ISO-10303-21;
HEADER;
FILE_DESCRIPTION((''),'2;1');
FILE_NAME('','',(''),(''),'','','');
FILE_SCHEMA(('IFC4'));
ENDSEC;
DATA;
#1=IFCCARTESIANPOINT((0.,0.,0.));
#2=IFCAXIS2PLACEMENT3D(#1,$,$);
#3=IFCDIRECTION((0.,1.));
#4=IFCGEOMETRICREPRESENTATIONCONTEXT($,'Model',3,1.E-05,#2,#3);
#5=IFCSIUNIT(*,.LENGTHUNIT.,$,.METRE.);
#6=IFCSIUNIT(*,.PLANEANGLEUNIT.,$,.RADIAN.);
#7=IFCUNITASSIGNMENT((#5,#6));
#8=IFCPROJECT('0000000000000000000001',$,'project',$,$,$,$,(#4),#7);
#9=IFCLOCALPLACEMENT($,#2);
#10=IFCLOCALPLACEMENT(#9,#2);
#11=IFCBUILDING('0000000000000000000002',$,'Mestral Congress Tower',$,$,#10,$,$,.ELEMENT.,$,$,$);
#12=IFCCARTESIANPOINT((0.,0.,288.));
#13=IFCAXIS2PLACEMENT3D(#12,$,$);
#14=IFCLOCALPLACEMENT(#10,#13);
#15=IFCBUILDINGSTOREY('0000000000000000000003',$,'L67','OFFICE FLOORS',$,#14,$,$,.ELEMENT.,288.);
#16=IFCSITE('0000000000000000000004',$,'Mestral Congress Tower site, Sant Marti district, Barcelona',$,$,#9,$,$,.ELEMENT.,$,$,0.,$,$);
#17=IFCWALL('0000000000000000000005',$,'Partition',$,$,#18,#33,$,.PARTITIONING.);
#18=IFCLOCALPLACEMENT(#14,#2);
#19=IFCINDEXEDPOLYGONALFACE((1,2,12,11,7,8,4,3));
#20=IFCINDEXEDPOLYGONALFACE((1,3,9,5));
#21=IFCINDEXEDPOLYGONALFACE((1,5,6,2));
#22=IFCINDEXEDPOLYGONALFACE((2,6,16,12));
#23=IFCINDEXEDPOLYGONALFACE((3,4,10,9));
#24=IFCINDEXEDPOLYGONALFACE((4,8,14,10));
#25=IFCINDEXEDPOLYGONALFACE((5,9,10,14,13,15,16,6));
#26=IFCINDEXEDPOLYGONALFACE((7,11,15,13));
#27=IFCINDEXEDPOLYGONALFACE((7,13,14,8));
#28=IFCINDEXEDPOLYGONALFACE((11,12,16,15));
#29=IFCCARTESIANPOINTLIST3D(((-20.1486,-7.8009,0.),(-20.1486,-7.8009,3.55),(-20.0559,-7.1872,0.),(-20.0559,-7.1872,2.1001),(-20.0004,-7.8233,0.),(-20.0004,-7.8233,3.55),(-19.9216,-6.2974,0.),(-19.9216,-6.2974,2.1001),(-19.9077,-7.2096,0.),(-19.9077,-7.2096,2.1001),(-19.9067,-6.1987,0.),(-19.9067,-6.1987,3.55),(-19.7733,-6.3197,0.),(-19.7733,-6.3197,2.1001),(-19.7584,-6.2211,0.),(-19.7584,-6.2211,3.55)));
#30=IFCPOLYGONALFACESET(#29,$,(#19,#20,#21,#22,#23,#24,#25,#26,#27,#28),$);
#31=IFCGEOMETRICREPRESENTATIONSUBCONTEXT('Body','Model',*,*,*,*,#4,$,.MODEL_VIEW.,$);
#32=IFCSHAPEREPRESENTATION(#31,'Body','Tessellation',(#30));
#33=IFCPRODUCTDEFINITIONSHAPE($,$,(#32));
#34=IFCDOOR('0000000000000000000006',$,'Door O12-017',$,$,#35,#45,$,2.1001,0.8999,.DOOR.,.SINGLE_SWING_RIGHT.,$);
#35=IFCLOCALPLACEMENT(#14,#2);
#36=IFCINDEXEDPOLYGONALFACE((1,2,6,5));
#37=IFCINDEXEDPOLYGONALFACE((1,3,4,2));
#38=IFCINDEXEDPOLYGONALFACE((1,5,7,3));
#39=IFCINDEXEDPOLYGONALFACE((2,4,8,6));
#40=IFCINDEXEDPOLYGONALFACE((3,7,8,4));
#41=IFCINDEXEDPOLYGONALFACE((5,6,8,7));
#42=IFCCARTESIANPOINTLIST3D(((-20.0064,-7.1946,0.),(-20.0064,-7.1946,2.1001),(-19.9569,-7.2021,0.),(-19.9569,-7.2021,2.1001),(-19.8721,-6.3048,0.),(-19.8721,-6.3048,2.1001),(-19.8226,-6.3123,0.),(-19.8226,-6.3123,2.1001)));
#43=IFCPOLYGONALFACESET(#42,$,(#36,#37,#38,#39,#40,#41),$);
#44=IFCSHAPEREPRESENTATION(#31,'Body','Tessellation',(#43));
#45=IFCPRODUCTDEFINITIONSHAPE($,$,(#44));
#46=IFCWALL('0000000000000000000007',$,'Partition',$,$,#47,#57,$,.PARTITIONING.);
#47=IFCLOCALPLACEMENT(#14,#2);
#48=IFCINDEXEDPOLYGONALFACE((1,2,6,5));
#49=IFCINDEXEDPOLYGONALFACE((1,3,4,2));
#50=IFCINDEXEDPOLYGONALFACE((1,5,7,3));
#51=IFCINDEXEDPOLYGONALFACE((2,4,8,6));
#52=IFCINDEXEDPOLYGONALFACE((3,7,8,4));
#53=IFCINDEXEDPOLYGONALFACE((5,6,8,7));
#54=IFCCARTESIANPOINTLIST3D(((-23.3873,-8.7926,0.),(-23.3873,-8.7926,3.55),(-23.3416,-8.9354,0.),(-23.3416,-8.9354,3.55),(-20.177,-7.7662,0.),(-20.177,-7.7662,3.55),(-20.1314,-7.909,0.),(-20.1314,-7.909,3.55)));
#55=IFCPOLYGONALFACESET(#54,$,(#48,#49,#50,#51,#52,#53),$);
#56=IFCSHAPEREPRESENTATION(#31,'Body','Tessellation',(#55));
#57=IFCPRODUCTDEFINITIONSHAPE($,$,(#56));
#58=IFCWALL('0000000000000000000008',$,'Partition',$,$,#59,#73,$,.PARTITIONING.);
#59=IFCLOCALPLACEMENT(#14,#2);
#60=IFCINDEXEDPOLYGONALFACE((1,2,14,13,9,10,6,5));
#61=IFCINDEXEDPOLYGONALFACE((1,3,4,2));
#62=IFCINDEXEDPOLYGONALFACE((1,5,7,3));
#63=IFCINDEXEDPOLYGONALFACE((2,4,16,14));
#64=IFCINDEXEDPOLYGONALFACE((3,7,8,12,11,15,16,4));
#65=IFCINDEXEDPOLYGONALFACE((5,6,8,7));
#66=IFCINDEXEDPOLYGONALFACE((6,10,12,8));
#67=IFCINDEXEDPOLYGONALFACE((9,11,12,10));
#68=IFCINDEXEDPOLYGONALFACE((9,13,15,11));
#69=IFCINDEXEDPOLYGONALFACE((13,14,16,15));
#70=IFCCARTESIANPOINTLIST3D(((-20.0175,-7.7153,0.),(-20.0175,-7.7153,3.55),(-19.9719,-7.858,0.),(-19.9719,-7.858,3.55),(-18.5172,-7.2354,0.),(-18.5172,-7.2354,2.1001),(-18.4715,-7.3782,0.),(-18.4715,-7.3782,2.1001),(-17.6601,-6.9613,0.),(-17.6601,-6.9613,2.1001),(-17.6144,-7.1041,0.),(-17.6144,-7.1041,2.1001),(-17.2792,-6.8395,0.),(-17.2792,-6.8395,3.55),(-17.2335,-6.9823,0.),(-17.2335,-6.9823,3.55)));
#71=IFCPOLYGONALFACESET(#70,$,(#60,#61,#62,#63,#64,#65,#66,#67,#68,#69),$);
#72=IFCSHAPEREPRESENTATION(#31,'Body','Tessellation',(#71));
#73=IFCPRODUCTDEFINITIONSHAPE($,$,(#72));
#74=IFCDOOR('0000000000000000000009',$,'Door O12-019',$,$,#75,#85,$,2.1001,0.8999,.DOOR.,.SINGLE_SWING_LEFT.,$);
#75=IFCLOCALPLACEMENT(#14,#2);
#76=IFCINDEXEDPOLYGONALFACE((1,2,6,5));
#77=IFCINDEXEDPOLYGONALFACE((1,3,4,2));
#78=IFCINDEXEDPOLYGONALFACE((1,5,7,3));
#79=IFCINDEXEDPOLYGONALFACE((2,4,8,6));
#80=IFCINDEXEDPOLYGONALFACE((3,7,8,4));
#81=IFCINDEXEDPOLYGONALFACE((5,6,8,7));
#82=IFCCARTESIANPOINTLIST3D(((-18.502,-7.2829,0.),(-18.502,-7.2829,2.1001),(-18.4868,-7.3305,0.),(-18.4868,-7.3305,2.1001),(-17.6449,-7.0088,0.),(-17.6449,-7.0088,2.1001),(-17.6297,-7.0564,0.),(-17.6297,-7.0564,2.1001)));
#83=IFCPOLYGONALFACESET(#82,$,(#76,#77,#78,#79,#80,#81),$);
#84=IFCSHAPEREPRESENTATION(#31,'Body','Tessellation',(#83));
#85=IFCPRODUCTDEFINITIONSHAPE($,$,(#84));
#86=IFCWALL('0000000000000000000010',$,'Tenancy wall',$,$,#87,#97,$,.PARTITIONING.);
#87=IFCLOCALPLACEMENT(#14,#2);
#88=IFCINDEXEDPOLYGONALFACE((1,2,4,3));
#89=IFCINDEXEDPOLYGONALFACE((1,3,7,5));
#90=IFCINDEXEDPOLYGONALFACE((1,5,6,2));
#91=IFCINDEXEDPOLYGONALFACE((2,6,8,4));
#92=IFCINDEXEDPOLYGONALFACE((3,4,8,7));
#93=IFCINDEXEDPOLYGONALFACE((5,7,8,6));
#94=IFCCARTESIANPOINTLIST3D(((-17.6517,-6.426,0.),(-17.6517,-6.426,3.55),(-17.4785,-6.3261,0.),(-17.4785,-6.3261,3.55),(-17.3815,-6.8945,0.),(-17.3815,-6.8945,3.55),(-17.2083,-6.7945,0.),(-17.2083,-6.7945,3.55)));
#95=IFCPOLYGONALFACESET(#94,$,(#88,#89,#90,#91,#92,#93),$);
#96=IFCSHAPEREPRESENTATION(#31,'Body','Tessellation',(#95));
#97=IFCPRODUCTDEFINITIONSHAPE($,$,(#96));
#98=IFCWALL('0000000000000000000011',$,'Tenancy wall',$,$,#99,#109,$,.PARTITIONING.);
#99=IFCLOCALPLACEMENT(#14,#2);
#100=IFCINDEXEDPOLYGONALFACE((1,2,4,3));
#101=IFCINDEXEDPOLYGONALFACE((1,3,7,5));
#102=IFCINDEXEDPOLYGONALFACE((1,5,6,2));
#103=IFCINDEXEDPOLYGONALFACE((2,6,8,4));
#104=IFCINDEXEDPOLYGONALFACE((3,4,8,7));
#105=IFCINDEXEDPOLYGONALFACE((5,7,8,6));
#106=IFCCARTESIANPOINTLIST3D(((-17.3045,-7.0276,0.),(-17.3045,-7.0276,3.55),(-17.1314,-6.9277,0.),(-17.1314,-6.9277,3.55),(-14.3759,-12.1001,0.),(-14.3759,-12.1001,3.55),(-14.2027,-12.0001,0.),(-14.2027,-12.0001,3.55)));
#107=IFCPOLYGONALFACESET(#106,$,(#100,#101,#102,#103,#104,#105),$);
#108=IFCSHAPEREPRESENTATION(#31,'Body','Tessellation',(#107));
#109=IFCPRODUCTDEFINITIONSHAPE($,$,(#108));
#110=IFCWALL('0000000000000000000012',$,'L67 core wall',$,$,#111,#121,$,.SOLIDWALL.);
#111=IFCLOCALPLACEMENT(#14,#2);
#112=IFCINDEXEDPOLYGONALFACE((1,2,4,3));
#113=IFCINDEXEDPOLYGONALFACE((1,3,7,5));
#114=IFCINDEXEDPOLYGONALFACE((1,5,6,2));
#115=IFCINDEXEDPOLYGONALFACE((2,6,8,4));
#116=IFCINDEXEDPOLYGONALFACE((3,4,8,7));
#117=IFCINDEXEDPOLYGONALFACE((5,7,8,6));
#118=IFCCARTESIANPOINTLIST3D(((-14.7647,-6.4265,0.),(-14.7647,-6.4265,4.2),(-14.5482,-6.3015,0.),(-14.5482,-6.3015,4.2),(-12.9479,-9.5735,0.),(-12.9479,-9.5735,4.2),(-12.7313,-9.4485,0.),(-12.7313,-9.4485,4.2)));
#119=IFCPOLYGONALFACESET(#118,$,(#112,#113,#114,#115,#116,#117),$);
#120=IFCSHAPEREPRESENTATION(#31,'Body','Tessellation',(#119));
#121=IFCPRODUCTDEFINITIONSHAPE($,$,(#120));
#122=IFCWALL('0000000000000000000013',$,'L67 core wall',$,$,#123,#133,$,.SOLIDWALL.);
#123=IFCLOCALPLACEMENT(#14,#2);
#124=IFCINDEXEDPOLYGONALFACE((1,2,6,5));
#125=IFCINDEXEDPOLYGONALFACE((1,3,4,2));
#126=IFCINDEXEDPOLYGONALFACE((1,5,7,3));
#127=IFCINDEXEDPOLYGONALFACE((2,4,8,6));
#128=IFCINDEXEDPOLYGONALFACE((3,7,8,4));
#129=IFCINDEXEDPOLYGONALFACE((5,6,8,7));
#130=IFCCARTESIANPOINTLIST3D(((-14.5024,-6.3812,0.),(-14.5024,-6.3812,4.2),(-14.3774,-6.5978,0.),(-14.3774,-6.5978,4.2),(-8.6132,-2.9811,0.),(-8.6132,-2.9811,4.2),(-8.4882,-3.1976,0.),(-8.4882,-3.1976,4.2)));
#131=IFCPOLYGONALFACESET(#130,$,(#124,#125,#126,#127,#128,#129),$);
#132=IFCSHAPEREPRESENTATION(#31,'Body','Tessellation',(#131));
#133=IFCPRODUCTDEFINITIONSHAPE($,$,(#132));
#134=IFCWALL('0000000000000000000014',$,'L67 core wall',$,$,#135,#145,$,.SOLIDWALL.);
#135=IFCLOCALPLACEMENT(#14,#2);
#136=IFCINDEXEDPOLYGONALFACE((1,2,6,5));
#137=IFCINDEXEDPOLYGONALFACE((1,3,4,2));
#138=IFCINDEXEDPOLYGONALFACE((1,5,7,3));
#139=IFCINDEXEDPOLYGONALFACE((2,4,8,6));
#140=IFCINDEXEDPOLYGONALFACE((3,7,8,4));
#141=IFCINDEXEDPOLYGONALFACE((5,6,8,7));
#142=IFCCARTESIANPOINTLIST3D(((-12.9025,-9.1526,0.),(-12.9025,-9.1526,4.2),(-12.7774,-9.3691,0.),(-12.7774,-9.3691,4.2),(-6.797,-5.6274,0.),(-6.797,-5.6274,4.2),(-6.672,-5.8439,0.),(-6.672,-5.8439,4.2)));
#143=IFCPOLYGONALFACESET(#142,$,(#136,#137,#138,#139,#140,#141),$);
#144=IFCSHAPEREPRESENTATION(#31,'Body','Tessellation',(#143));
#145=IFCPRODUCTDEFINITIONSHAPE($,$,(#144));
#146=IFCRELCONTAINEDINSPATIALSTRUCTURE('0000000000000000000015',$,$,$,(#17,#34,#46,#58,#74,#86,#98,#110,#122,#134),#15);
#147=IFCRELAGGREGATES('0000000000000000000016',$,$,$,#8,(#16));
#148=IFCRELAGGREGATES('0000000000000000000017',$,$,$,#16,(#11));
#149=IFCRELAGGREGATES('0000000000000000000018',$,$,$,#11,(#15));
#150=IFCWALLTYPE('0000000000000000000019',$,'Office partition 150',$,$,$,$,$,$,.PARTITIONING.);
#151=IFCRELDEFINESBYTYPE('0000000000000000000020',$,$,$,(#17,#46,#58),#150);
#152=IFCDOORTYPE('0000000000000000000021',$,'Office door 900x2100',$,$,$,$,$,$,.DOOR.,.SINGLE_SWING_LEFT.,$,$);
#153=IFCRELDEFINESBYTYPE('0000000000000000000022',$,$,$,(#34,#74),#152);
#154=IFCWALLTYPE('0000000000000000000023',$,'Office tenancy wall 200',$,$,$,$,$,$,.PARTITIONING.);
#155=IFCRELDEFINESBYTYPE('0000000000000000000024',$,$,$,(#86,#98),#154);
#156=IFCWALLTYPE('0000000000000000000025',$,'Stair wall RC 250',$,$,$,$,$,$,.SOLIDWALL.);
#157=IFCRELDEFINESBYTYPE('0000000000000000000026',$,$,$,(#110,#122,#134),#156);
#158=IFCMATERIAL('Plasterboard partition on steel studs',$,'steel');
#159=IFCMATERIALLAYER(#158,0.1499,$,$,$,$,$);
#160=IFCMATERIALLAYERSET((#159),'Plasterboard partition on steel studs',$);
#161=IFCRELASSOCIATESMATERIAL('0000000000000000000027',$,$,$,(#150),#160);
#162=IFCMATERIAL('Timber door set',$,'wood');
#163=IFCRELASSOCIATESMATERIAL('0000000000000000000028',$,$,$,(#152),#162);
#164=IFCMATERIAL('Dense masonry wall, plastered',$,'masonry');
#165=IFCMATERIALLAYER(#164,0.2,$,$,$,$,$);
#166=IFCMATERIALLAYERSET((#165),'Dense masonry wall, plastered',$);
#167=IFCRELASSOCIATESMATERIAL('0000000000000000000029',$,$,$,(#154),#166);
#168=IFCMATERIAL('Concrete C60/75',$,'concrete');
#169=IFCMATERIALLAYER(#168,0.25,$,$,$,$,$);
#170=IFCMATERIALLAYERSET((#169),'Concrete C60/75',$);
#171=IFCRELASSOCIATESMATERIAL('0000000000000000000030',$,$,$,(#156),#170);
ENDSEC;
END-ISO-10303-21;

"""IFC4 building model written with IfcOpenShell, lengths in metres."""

from ifc_helpers import new_model, si_unit, direction, frame, frame_2d, origin, place, context, subcontext, project, spatial, rectangle, extrude, material, layer, layer_set, type_object, element, fill, save


model = new_model("IFC4")

# Units and contexts
model_context = context("Model", 3, precision=1e-05, world=origin(), true_north=direction((0.0, 1.0)))
body_context = subcontext(model_context, "Body", "Model", "MODEL_VIEW")
ifc_project = project(units=[si_unit("LENGTHUNIT", "METRE"), si_unit("PLANEANGLEUNIT", "RADIAN")], contexts=[model_context])

# Site, building, storey
site_placement = place(None, origin())
site = spatial("IfcSite", under=ifc_project, at=site_placement, Name="Mestral Congress Tower site, Sant Marti district, Barcelona", CompositionType="ELEMENT", RefElevation=0.0)
building_placement = place(site_placement, origin())
building = spatial("IfcBuilding", under=site, at=building_placement, Name="Mestral Congress Tower", CompositionType="ELEMENT")
storey_placement = place(building_placement, frame((0.0, 0.0, 288.0)))
storey = spatial("IfcBuildingStorey", under=building, at=storey_placement, Name="L67", Description="OFFICE FLOORS", CompositionType="ELEMENT", Elevation=288.0)

# Shared definitions
ifc_material_1 = material(Name="Concrete C60/75", Category="concrete")

# Shared definitions
ifc_material_2 = material(Name="Plasterboard partition on steel studs", Category="steel")
ifc_layer_1 = layer(ifc_material_2, 0.1499)
ifc_layer_set_1 = layer_set([ifc_layer_1], Name="Plasterboard partition on steel studs")
wall_type_1 = type_object("IfcWallType", Name="Office partition 150", PredefinedType="PARTITIONING", material=ifc_layer_set_1)

# Shared definitions
ifc_material_3 = material(Name="Timber door set", Category="wood")
door_type = type_object("IfcDoorType", Name="Office door 900x2100", OperationType="SINGLE_SWING_LEFT", PredefinedType="DOOR", material=ifc_material_3)

# Wall, opening, door
wall_1_placement = place(storey_placement, frame((-20.0745, -7.812, 0.0), z_axis=(0.0, 0.0, 1.0), x_axis=(0.149305, 0.988791, 0.0)))
wall_1 = element("IfcWall", 1, at=wall_1_placement, inside=storey, type_object=wall_type_1, Name="Partition", PredefinedType="PARTITIONING", context=body_context, shape_type="SweptSolid", body=[
    extrude(rectangle(XDim=1.6204, YDim=0.1499, at=frame_2d((0.8101, 0.0))), origin(), (0.0, 0.0, 1.0), 3.55),
])
opening_1_placement = place(wall_1_placement, frame((0.6206, 0.0, 0.0)))
opening_1 = element("IfcOpeningElement", 2, at=opening_1_placement, cuts=wall_1, PredefinedType="OPENING", context=body_context, shape_type="SweptSolid", body=[
    extrude(rectangle(XDim=0.8999, YDim=2.1001, at=frame_2d((0.45, 1.05))), frame((0.0, 0.085, 0.0), z_axis=(0.0, -1.0, 0.0), x_axis=(1.0, 0.0, 0.0)), (0.0, 0.0, 1.0), 0.1699),
])
door_1_placement = place(opening_1_placement, origin())
door_1 = element("IfcDoor", 3, at=door_1_placement, inside=storey, type_object=door_type, Name="Door O12-017", OperationType="SINGLE_SWING_RIGHT", OverallHeight=2.1001, OverallWidth=0.8999, PredefinedType="DOOR", context=body_context, shape_type="SweptSolid", body=[
    extrude(rectangle(XDim=0.8999, YDim=2.1001, at=frame_2d((0.45, 1.05))), frame((0.0, 0.0249, 0.0), z_axis=(0.0, -1.0, 0.0), x_axis=(1.0, 0.0, 0.0)), (0.0, 0.0, 1.0), 0.05),
])
fill(opening_1, door_1)

# Wall
wall_2_placement = place(storey_placement, frame((-20.1543, -7.8376, 0.0), z_axis=(0.0, 0.0, 1.0), x_axis=(-0.952501, -0.304534, 0.0)))
element("IfcWall", 4, at=wall_2_placement, inside=storey, type_object=wall_type_1, Name="Partition", PredefinedType="PARTITIONING", context=body_context, shape_type="SweptSolid", body=[
    extrude(rectangle(XDim=3.3704, YDim=0.1499, at=frame_2d((1.6851, 0.0))), origin(), (0.0, 0.0, 1.0), 3.55),
])

# Wall, opening, door
wall_3_placement = place(storey_placement, frame((-17.2563, -6.9109, 0.0), z_axis=(0.0, 0.0, 1.0), x_axis=(-0.952476, -0.304612, 0.0)))
wall_3 = element("IfcWall", 5, at=wall_3_placement, inside=storey, type_object=wall_type_1, Name="Partition", PredefinedType="PARTITIONING", context=body_context, shape_type="SweptSolid", body=[
    extrude(rectangle(XDim=2.875, YDim=0.1499, at=frame_2d((1.4375, 0.0))), origin(), (0.0, 0.0, 1.0), 3.55),
])
opening_2_placement = place(wall_3_placement, frame((0.3999, 0.0, 0.0)))
opening_2 = element("IfcOpeningElement", 6, at=opening_2_placement, cuts=wall_3, PredefinedType="OPENING", context=body_context, shape_type="SweptSolid", body=[
    extrude(rectangle(XDim=0.8999, YDim=2.1001, at=frame_2d((0.45, 1.05))), frame((0.0, 0.085, 0.0), z_axis=(0.0, -1.0, 0.0), x_axis=(1.0, 0.0, 0.0)), (0.0, 0.0, 1.0), 0.1699),
])
door_2_placement = place(opening_2_placement, origin())
door_2 = element("IfcDoor", 7, at=door_2_placement, inside=storey, type_object=door_type, Name="Door O12-019", OperationType="SINGLE_SWING_LEFT", OverallHeight=2.1001, OverallWidth=0.8999, PredefinedType="DOOR", context=body_context, shape_type="SweptSolid", body=[
    extrude(rectangle(XDim=0.8999, YDim=2.1001, at=frame_2d((0.45, 1.05))), frame((0.0, 0.0249, 0.0), z_axis=(0.0, -1.0, 0.0), x_axis=(1.0, 0.0, 0.0)), (0.0, 0.0, 1.0), 0.05),
])
fill(opening_2, door_2)

# Walls
ifc_material_4 = material(Name="Dense masonry wall, plastered", Category="masonry")
ifc_layer_2 = layer(ifc_material_4, 0.2)
ifc_layer_set_2 = layer_set([ifc_layer_2], Name="Dense masonry wall, plastered")
wall_type_2 = type_object("IfcWallType", Name="Office tenancy wall 200", PredefinedType="PARTITIONING", material=ifc_layer_set_2)
wall_4_placement = place(storey_placement, frame((-17.5652, -6.376, 0.0), z_axis=(0.0, 0.0, 1.0), x_axis=(0.499683, -0.866208, 0.0)))
element("IfcWall", 8, at=wall_4_placement, inside=storey, type_object=wall_type_2, Name="Tenancy wall", PredefinedType="PARTITIONING", context=body_context, shape_type="SweptSolid", body=[
    extrude(rectangle(XDim=0.5408, YDim=0.2, at=frame_2d((0.2705, 0.0))), origin(), (0.0, 0.0, 1.0), 3.55),
])
wall_5_placement = place(storey_placement, frame((-17.218, -6.9775, 0.0), z_axis=(0.0, 0.0, 1.0), x_axis=(0.500012, -0.866018, 0.0)))
element("IfcWall", 9, at=wall_5_placement, inside=storey, type_object=wall_type_2, Name="Tenancy wall", PredefinedType="PARTITIONING", context=body_context, shape_type="SweptSolid", body=[
    extrude(rectangle(XDim=5.8572, YDim=0.2, at=frame_2d((2.9287, 0.0))), origin(), (0.0, 0.0, 1.0), 3.55),
])
ifc_layer_3 = layer(ifc_material_1, 0.25)
ifc_layer_set_3 = layer_set([ifc_layer_3], Name="Concrete C60/75")
wall_type_3 = type_object("IfcWallType", Name="Stair wall RC 250", PredefinedType="SOLIDWALL", material=ifc_layer_set_3)
wall_6_placement = place(storey_placement, frame((-12.8396, -9.511, 0.0), z_axis=(0.0, 0.0, 1.0), x_axis=(-0.499998, 0.866027, 0.0)))
element("IfcWall", 10, at=wall_6_placement, inside=storey, type_object=wall_type_3, Name="L67 core wall", PredefinedType="SOLIDWALL", context=body_context, shape_type="SweptSolid", body=[
    extrude(rectangle(XDim=3.6338, YDim=0.25, at=frame_2d((1.8169, 0.0))), origin(), (0.0, 0.0, 1.0), 4.2),
])
wall_7_placement = place(storey_placement, frame((-14.4399, -6.4895, 0.0), z_axis=(0.0, 0.0, 1.0), x_axis=(0.866023, 0.500004, 0.0)))
element("IfcWall", 11, at=wall_7_placement, inside=storey, type_object=wall_type_3, Name="L67 core wall", PredefinedType="SOLIDWALL", context=body_context, shape_type="SweptSolid", body=[
    extrude(rectangle(XDim=6.8003, YDim=0.25, at=frame_2d((3.4001, 0.0))), origin(), (0.0, 0.0, 1.0), 4.2),
])
wall_8_placement = place(storey_placement, frame((-12.8398, -9.2607, 0.0), z_axis=(0.0, 0.0, 1.0), x_axis=(0.866016, 0.500016, 0.0)))
element("IfcWall", 12, at=wall_8_placement, inside=storey, type_object=wall_type_3, Name="L67 core wall", PredefinedType="SOLIDWALL", context=body_context, shape_type="SweptSolid", body=[
    extrude(rectangle(XDim=7.05, YDim=0.25, at=frame_2d((3.5249, 0.0))), origin(), (0.0, 0.0, 1.0), 4.2),
])

save(model, "model.ifc")
